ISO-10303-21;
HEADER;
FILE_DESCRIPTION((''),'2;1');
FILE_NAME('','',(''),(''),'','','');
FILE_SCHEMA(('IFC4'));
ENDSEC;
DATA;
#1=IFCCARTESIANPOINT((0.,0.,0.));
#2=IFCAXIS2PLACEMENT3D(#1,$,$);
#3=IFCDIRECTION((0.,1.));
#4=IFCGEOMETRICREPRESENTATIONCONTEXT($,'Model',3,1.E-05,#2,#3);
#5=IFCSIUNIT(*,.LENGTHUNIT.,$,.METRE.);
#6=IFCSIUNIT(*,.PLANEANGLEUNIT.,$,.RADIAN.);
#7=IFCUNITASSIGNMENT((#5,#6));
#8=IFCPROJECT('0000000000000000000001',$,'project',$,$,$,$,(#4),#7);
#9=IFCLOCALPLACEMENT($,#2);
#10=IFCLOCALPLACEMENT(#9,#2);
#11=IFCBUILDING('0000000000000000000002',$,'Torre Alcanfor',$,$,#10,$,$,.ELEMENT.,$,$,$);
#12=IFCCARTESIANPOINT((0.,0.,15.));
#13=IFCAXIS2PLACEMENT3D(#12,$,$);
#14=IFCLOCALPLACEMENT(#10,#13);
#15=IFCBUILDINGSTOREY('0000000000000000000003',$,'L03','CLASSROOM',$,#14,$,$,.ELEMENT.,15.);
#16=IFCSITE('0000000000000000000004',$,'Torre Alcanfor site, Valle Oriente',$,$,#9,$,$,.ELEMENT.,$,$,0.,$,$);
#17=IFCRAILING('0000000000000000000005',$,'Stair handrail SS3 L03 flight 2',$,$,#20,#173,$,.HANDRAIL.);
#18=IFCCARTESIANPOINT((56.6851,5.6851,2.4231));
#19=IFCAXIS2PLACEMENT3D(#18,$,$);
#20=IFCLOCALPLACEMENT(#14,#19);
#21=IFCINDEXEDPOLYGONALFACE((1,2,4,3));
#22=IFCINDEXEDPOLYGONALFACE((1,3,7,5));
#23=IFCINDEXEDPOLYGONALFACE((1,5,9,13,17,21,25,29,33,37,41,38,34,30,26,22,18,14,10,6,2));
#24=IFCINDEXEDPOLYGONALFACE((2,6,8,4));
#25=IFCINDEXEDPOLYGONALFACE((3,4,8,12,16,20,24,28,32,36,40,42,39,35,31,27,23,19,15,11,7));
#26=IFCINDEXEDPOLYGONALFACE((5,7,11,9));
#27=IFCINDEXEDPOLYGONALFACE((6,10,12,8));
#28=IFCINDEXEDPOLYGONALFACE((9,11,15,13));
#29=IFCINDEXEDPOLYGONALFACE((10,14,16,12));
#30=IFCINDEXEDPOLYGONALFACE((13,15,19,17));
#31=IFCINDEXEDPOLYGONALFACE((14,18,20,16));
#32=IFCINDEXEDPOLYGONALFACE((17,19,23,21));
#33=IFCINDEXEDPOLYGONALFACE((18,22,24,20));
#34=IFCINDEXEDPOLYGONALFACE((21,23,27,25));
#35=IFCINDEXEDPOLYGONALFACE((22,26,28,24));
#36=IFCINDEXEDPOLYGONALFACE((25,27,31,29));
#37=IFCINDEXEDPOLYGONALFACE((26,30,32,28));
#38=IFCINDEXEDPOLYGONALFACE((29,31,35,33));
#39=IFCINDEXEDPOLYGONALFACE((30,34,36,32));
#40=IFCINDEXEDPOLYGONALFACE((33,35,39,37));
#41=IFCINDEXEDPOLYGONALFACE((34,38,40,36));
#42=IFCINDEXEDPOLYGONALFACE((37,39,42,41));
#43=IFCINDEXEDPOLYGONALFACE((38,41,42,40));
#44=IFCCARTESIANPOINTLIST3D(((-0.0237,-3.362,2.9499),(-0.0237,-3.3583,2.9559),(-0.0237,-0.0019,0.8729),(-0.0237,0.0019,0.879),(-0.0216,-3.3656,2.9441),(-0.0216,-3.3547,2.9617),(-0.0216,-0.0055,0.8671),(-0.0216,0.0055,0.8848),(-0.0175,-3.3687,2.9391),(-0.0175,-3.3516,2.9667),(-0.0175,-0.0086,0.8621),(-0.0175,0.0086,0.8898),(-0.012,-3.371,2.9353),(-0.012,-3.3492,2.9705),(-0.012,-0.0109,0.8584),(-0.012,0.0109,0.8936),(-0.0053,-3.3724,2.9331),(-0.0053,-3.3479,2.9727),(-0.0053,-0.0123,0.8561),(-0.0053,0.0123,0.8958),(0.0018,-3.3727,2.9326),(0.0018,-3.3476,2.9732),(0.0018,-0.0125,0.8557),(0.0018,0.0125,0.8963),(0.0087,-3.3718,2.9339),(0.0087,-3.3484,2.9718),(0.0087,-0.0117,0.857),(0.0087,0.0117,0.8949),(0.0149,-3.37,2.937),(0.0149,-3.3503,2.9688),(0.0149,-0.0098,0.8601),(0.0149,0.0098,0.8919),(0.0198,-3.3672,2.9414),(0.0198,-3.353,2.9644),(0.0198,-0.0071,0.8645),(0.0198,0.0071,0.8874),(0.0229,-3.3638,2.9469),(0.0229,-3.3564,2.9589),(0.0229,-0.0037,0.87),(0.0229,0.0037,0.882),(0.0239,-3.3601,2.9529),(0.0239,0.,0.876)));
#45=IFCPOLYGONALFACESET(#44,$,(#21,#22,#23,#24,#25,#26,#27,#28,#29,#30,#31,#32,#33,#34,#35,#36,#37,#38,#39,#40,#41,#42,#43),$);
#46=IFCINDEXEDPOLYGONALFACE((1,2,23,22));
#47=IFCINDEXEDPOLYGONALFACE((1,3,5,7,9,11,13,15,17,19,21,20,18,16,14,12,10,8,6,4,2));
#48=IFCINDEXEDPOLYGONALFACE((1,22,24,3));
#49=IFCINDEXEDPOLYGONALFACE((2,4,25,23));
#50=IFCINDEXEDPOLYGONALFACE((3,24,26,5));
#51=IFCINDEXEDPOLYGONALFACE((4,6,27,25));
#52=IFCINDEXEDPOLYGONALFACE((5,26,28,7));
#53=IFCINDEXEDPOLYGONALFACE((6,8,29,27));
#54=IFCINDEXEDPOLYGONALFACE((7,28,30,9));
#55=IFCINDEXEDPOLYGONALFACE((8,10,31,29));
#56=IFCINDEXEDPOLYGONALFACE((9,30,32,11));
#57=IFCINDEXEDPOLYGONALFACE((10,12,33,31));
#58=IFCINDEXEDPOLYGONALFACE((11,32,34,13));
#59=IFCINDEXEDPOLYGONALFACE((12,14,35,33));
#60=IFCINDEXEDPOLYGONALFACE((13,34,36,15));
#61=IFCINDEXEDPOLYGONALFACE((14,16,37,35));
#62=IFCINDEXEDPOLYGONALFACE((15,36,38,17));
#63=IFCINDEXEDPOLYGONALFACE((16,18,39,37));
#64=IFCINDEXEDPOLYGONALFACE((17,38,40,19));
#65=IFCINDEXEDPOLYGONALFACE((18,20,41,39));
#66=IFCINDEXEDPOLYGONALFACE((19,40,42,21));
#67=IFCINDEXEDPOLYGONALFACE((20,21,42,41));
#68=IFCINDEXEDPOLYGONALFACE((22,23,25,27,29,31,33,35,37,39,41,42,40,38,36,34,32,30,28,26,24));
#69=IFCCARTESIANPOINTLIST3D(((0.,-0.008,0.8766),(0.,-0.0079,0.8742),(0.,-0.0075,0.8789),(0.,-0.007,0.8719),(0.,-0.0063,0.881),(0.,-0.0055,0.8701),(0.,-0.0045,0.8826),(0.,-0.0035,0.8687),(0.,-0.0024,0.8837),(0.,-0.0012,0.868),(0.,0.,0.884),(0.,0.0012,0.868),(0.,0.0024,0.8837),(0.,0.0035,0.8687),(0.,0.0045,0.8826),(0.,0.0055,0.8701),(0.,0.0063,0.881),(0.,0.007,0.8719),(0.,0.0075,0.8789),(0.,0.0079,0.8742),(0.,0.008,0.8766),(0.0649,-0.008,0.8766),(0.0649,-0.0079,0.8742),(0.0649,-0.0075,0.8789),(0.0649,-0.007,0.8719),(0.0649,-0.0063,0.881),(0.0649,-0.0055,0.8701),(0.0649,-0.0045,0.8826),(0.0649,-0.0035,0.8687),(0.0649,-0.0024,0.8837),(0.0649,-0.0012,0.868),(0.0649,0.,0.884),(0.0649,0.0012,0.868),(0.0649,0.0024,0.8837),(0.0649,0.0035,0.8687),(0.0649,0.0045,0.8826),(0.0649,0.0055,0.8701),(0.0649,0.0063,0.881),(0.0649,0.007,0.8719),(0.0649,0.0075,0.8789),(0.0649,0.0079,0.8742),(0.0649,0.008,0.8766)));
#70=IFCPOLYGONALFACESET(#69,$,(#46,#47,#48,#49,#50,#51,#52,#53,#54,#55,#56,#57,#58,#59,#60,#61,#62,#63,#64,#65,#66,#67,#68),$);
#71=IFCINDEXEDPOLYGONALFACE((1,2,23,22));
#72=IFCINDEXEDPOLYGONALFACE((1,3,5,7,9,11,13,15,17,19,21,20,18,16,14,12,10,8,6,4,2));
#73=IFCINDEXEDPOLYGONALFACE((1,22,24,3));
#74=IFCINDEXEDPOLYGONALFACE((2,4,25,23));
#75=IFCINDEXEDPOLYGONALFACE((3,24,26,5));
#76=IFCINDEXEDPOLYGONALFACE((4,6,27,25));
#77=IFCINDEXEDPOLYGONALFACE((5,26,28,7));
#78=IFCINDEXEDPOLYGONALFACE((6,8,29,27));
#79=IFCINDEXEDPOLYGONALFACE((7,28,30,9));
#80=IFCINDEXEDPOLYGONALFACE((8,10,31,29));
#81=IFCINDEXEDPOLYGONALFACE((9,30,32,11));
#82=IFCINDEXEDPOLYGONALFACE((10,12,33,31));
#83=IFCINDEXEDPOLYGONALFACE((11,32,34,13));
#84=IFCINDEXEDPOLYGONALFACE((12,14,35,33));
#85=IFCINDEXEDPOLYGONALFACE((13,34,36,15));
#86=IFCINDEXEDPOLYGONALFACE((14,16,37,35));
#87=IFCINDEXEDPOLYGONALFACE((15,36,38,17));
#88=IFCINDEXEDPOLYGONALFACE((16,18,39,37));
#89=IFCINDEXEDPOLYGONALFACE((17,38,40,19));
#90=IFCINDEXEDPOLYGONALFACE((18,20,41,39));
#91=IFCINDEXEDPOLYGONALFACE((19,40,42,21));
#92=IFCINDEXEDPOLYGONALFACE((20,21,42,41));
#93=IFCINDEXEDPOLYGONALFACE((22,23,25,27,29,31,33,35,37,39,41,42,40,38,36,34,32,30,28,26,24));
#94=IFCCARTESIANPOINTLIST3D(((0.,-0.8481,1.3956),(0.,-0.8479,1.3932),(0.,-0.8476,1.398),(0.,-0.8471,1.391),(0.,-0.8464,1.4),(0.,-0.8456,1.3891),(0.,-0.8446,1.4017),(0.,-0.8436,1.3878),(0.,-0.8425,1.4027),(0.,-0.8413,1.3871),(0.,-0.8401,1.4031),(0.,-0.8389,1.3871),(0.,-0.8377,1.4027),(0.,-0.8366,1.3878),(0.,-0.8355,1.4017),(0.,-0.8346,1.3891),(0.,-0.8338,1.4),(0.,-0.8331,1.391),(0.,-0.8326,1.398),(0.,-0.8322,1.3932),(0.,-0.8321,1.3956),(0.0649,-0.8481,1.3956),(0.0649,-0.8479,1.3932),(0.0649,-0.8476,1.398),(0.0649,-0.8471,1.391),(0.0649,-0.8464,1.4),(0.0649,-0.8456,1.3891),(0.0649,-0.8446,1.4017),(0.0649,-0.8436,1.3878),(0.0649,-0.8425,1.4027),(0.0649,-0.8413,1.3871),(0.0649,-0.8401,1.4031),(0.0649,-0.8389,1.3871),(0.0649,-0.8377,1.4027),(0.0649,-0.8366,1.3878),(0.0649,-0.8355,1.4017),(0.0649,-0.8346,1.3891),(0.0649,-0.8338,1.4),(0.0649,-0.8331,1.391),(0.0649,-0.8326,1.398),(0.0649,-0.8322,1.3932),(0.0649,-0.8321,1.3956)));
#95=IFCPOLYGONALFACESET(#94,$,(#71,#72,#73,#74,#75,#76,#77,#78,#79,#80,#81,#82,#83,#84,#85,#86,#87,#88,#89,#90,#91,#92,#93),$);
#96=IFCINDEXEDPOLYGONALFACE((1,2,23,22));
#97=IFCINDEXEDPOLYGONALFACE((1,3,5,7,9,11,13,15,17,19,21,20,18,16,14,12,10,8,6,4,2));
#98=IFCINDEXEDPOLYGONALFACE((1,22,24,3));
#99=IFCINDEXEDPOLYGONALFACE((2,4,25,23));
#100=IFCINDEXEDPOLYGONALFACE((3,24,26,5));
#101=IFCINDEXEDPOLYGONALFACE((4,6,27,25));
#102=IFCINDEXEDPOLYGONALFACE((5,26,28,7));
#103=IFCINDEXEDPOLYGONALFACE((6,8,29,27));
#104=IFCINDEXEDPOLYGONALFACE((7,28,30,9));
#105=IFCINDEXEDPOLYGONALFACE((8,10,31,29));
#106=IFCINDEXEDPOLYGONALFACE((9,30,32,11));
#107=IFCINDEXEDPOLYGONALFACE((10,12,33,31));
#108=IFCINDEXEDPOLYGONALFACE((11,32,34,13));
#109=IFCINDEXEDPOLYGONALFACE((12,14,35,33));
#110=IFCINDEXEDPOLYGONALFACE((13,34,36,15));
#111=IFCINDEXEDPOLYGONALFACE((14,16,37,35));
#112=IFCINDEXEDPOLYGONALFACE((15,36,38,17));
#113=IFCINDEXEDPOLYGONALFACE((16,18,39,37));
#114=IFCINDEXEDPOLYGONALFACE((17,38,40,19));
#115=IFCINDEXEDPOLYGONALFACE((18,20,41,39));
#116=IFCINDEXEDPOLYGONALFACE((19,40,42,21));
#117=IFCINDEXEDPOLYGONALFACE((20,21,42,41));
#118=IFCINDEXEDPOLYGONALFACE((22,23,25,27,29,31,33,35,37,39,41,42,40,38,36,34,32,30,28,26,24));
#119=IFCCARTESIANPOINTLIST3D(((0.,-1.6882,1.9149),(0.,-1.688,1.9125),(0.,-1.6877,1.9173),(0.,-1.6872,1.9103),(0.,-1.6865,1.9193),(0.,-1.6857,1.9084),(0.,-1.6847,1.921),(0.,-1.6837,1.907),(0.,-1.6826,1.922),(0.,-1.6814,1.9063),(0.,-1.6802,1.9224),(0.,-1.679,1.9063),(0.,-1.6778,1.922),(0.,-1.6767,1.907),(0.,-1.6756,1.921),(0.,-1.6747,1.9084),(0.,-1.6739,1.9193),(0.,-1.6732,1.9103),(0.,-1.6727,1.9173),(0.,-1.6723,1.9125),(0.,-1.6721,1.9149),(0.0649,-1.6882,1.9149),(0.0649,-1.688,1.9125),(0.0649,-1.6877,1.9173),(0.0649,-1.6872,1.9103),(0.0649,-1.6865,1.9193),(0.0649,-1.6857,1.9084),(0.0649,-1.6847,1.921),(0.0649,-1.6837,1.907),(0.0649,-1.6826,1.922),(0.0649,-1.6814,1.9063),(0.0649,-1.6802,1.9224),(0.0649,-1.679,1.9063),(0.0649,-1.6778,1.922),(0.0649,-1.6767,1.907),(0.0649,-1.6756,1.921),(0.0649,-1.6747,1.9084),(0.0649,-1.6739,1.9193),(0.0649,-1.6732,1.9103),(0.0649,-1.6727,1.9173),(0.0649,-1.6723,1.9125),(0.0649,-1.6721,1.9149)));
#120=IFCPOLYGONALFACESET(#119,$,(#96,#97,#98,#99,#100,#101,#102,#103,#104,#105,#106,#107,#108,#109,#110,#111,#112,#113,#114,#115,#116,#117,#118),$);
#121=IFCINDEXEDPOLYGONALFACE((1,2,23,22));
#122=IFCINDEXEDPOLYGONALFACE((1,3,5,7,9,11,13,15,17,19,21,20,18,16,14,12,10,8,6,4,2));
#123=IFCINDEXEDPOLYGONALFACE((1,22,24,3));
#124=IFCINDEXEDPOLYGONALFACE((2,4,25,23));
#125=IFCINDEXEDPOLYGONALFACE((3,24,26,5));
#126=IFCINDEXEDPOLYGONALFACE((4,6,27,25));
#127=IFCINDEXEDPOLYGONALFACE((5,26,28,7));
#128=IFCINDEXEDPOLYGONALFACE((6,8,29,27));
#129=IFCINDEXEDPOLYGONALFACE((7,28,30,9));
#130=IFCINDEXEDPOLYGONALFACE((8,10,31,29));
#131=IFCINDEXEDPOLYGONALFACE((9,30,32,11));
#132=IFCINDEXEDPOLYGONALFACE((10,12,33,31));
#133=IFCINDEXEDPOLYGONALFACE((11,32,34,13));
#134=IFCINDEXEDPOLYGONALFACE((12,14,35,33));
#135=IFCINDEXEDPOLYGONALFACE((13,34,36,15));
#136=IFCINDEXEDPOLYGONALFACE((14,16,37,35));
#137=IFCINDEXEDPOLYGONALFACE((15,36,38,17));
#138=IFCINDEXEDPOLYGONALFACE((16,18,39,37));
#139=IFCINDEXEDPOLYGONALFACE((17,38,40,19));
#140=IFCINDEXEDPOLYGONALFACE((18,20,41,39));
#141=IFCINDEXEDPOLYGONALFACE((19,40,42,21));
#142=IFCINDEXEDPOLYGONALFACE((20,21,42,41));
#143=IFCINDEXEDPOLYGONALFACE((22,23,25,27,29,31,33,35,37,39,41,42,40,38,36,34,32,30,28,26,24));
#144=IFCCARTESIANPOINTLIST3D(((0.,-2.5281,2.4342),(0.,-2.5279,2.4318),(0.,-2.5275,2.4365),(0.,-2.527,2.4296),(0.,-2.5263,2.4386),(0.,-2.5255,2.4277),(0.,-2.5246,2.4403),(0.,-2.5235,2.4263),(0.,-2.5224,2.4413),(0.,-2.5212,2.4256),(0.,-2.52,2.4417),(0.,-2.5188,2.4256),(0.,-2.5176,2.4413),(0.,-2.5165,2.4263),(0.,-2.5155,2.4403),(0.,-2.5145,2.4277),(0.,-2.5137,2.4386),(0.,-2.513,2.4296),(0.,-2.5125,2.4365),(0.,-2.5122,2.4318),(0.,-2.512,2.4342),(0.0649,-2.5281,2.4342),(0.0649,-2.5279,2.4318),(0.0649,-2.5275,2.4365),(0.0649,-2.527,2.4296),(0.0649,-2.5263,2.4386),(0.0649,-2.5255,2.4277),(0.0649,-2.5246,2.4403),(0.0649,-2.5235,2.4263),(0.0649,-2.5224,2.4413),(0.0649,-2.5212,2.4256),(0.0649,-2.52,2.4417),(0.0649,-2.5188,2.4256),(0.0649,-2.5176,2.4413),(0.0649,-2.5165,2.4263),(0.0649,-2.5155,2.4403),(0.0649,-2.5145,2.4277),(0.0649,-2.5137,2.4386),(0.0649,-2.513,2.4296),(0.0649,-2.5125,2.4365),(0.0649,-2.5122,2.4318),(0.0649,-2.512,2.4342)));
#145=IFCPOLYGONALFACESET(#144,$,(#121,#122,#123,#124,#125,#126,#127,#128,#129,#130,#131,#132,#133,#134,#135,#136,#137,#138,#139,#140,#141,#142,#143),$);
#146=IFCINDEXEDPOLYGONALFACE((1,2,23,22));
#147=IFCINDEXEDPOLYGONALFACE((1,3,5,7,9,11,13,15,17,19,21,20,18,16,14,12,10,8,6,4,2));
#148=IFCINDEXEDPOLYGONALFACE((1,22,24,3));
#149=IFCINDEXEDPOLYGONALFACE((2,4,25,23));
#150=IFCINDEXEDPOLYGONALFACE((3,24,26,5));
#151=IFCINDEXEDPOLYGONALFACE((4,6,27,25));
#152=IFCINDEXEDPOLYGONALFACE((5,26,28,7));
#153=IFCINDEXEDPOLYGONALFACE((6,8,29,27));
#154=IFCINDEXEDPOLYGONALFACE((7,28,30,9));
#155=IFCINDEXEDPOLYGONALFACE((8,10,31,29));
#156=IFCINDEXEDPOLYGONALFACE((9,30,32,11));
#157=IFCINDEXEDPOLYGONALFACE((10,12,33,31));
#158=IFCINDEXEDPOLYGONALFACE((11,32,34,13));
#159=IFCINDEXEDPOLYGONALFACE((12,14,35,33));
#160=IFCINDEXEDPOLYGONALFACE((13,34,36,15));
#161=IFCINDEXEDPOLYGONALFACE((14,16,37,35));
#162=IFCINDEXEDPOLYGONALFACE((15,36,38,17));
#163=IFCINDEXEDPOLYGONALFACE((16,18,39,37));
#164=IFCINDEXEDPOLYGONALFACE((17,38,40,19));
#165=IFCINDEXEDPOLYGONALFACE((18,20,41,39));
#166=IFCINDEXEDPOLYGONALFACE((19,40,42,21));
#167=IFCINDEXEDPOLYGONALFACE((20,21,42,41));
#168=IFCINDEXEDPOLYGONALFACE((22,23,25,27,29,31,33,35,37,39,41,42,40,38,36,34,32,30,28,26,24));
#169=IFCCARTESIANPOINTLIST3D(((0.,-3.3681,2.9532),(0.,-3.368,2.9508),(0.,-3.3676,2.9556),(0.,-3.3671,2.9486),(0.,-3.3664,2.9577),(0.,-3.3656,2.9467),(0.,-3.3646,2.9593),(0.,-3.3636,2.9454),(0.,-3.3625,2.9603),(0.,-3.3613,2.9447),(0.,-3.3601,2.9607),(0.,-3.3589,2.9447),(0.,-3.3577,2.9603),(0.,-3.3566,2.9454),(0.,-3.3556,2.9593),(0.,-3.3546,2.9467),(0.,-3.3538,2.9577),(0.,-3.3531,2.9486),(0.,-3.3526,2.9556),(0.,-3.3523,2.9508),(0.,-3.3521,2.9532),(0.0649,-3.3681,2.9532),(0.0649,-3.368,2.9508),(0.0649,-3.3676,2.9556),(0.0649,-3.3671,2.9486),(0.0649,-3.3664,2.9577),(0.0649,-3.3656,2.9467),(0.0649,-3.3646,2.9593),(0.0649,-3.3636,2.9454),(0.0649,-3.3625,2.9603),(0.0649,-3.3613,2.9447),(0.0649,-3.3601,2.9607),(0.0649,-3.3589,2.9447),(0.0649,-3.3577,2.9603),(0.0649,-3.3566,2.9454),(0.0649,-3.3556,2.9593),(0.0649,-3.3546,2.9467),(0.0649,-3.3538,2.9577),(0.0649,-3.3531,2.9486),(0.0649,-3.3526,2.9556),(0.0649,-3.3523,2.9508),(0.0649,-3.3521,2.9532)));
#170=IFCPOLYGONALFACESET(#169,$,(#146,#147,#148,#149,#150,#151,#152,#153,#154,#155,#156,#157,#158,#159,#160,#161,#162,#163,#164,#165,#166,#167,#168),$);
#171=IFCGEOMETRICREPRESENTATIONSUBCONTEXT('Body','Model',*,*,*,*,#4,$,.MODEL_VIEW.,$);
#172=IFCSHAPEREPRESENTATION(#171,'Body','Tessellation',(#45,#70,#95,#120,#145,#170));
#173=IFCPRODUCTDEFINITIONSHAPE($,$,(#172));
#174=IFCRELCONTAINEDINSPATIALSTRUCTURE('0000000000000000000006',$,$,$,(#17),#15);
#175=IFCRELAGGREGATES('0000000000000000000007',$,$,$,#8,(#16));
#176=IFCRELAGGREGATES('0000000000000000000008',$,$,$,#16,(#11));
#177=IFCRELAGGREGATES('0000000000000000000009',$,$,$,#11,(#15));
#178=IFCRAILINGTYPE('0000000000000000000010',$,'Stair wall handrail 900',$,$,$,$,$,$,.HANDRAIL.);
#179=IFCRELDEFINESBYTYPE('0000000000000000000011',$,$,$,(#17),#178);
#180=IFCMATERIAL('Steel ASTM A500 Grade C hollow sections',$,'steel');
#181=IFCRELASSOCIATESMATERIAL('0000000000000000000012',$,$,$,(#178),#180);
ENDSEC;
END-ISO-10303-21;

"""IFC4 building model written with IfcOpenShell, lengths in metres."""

from ifc_helpers import new_model, si_unit, direction, frame, origin, origin_2d, place, context, subcontext, project, spatial, circle, extrude, material, type_object, element, save


model = new_model("IFC4")

# Units and contexts
model_context = context("Model", 3, precision=1e-05, world=origin(), true_north=direction((0.0, 1.0)))
body_context = subcontext(model_context, "Body", "Model", "MODEL_VIEW")
ifc_project = project(units=[si_unit("LENGTHUNIT", "METRE"), si_unit("PLANEANGLEUNIT", "RADIAN")], contexts=[model_context])

# Site, building, storey
site_placement = place(None, origin())
site = spatial("IfcSite", under=ifc_project, at=site_placement, Name="Torre Alcanfor site, Valle Oriente", CompositionType="ELEMENT", RefElevation=0.0)
building_placement = place(site_placement, origin())
building = spatial("IfcBuilding", under=site, at=building_placement, Name="Torre Alcanfor", CompositionType="ELEMENT")
storey_placement = place(building_placement, frame((0.0, 0.0, 15.0)))
storey = spatial("IfcBuildingStorey", under=building, at=storey_placement, Name="L03", Description="CLASSROOM", CompositionType="ELEMENT", Elevation=15.0)

# Railing
ifc_material_1 = material(Name="Steel ASTM A500 Grade C hollow sections", Category="steel")
railing_type_1 = type_object("IfcRailingType", Name="Stair wall handrail 900", PredefinedType="HANDRAIL", material=ifc_material_1)
railing_1_placement = place(storey_placement, frame((56.6851, 5.6851, 2.4231)))
element("IfcRailing", 1, at=railing_1_placement, inside=storey, type_object=railing_type_1, Name="Stair handrail SS3 L03 flight 2", PredefinedType="HANDRAIL", context=body_context, shape_type="SweptSolid", body=[
    extrude(circle(Radius=0.0239, at=origin_2d()), frame((0.0, 0.0, 0.876), z_axis=(0.0, -0.850623, 0.525776), x_axis=(1.0, 0.0, 0.0)), (0.0, 0.0, 1.0), 3.9502),
    extrude(circle(Radius=0.0081, at=origin_2d()), frame((0.0, 0.0, 0.876), z_axis=(1.0, 0.0, 0.0), x_axis=(0.0, 0.0, 1.0)), (0.0, 0.0, 1.0), 0.0649),
    extrude(circle(Radius=0.0081, at=origin_2d()), frame((0.0, -0.8401, 1.395), z_axis=(1.0, 0.0, 0.0), x_axis=(0.0, 0.0, 1.0)), (0.0, 0.0, 1.0), 0.0649),
    extrude(circle(Radius=0.0081, at=origin_2d()), frame((0.0, -1.6802, 1.9143), z_axis=(1.0, 0.0, 0.0), x_axis=(0.0, 0.0, 1.0)), (0.0, 0.0, 1.0), 0.0649),
    extrude(circle(Radius=0.0081, at=origin_2d()), frame((0.0, -2.52, 2.4336), z_axis=(1.0, 0.0, 0.0), x_axis=(0.0, 0.0, 1.0)), (0.0, 0.0, 1.0), 0.0649),
    extrude(circle(Radius=0.0081, at=origin_2d()), frame((0.0, -3.3601, 2.9526), z_axis=(1.0, 0.0, 0.0), x_axis=(0.0, 0.0, 1.0)), (0.0, 0.0, 1.0), 0.0649),
])

save(model, "model.ifc")
